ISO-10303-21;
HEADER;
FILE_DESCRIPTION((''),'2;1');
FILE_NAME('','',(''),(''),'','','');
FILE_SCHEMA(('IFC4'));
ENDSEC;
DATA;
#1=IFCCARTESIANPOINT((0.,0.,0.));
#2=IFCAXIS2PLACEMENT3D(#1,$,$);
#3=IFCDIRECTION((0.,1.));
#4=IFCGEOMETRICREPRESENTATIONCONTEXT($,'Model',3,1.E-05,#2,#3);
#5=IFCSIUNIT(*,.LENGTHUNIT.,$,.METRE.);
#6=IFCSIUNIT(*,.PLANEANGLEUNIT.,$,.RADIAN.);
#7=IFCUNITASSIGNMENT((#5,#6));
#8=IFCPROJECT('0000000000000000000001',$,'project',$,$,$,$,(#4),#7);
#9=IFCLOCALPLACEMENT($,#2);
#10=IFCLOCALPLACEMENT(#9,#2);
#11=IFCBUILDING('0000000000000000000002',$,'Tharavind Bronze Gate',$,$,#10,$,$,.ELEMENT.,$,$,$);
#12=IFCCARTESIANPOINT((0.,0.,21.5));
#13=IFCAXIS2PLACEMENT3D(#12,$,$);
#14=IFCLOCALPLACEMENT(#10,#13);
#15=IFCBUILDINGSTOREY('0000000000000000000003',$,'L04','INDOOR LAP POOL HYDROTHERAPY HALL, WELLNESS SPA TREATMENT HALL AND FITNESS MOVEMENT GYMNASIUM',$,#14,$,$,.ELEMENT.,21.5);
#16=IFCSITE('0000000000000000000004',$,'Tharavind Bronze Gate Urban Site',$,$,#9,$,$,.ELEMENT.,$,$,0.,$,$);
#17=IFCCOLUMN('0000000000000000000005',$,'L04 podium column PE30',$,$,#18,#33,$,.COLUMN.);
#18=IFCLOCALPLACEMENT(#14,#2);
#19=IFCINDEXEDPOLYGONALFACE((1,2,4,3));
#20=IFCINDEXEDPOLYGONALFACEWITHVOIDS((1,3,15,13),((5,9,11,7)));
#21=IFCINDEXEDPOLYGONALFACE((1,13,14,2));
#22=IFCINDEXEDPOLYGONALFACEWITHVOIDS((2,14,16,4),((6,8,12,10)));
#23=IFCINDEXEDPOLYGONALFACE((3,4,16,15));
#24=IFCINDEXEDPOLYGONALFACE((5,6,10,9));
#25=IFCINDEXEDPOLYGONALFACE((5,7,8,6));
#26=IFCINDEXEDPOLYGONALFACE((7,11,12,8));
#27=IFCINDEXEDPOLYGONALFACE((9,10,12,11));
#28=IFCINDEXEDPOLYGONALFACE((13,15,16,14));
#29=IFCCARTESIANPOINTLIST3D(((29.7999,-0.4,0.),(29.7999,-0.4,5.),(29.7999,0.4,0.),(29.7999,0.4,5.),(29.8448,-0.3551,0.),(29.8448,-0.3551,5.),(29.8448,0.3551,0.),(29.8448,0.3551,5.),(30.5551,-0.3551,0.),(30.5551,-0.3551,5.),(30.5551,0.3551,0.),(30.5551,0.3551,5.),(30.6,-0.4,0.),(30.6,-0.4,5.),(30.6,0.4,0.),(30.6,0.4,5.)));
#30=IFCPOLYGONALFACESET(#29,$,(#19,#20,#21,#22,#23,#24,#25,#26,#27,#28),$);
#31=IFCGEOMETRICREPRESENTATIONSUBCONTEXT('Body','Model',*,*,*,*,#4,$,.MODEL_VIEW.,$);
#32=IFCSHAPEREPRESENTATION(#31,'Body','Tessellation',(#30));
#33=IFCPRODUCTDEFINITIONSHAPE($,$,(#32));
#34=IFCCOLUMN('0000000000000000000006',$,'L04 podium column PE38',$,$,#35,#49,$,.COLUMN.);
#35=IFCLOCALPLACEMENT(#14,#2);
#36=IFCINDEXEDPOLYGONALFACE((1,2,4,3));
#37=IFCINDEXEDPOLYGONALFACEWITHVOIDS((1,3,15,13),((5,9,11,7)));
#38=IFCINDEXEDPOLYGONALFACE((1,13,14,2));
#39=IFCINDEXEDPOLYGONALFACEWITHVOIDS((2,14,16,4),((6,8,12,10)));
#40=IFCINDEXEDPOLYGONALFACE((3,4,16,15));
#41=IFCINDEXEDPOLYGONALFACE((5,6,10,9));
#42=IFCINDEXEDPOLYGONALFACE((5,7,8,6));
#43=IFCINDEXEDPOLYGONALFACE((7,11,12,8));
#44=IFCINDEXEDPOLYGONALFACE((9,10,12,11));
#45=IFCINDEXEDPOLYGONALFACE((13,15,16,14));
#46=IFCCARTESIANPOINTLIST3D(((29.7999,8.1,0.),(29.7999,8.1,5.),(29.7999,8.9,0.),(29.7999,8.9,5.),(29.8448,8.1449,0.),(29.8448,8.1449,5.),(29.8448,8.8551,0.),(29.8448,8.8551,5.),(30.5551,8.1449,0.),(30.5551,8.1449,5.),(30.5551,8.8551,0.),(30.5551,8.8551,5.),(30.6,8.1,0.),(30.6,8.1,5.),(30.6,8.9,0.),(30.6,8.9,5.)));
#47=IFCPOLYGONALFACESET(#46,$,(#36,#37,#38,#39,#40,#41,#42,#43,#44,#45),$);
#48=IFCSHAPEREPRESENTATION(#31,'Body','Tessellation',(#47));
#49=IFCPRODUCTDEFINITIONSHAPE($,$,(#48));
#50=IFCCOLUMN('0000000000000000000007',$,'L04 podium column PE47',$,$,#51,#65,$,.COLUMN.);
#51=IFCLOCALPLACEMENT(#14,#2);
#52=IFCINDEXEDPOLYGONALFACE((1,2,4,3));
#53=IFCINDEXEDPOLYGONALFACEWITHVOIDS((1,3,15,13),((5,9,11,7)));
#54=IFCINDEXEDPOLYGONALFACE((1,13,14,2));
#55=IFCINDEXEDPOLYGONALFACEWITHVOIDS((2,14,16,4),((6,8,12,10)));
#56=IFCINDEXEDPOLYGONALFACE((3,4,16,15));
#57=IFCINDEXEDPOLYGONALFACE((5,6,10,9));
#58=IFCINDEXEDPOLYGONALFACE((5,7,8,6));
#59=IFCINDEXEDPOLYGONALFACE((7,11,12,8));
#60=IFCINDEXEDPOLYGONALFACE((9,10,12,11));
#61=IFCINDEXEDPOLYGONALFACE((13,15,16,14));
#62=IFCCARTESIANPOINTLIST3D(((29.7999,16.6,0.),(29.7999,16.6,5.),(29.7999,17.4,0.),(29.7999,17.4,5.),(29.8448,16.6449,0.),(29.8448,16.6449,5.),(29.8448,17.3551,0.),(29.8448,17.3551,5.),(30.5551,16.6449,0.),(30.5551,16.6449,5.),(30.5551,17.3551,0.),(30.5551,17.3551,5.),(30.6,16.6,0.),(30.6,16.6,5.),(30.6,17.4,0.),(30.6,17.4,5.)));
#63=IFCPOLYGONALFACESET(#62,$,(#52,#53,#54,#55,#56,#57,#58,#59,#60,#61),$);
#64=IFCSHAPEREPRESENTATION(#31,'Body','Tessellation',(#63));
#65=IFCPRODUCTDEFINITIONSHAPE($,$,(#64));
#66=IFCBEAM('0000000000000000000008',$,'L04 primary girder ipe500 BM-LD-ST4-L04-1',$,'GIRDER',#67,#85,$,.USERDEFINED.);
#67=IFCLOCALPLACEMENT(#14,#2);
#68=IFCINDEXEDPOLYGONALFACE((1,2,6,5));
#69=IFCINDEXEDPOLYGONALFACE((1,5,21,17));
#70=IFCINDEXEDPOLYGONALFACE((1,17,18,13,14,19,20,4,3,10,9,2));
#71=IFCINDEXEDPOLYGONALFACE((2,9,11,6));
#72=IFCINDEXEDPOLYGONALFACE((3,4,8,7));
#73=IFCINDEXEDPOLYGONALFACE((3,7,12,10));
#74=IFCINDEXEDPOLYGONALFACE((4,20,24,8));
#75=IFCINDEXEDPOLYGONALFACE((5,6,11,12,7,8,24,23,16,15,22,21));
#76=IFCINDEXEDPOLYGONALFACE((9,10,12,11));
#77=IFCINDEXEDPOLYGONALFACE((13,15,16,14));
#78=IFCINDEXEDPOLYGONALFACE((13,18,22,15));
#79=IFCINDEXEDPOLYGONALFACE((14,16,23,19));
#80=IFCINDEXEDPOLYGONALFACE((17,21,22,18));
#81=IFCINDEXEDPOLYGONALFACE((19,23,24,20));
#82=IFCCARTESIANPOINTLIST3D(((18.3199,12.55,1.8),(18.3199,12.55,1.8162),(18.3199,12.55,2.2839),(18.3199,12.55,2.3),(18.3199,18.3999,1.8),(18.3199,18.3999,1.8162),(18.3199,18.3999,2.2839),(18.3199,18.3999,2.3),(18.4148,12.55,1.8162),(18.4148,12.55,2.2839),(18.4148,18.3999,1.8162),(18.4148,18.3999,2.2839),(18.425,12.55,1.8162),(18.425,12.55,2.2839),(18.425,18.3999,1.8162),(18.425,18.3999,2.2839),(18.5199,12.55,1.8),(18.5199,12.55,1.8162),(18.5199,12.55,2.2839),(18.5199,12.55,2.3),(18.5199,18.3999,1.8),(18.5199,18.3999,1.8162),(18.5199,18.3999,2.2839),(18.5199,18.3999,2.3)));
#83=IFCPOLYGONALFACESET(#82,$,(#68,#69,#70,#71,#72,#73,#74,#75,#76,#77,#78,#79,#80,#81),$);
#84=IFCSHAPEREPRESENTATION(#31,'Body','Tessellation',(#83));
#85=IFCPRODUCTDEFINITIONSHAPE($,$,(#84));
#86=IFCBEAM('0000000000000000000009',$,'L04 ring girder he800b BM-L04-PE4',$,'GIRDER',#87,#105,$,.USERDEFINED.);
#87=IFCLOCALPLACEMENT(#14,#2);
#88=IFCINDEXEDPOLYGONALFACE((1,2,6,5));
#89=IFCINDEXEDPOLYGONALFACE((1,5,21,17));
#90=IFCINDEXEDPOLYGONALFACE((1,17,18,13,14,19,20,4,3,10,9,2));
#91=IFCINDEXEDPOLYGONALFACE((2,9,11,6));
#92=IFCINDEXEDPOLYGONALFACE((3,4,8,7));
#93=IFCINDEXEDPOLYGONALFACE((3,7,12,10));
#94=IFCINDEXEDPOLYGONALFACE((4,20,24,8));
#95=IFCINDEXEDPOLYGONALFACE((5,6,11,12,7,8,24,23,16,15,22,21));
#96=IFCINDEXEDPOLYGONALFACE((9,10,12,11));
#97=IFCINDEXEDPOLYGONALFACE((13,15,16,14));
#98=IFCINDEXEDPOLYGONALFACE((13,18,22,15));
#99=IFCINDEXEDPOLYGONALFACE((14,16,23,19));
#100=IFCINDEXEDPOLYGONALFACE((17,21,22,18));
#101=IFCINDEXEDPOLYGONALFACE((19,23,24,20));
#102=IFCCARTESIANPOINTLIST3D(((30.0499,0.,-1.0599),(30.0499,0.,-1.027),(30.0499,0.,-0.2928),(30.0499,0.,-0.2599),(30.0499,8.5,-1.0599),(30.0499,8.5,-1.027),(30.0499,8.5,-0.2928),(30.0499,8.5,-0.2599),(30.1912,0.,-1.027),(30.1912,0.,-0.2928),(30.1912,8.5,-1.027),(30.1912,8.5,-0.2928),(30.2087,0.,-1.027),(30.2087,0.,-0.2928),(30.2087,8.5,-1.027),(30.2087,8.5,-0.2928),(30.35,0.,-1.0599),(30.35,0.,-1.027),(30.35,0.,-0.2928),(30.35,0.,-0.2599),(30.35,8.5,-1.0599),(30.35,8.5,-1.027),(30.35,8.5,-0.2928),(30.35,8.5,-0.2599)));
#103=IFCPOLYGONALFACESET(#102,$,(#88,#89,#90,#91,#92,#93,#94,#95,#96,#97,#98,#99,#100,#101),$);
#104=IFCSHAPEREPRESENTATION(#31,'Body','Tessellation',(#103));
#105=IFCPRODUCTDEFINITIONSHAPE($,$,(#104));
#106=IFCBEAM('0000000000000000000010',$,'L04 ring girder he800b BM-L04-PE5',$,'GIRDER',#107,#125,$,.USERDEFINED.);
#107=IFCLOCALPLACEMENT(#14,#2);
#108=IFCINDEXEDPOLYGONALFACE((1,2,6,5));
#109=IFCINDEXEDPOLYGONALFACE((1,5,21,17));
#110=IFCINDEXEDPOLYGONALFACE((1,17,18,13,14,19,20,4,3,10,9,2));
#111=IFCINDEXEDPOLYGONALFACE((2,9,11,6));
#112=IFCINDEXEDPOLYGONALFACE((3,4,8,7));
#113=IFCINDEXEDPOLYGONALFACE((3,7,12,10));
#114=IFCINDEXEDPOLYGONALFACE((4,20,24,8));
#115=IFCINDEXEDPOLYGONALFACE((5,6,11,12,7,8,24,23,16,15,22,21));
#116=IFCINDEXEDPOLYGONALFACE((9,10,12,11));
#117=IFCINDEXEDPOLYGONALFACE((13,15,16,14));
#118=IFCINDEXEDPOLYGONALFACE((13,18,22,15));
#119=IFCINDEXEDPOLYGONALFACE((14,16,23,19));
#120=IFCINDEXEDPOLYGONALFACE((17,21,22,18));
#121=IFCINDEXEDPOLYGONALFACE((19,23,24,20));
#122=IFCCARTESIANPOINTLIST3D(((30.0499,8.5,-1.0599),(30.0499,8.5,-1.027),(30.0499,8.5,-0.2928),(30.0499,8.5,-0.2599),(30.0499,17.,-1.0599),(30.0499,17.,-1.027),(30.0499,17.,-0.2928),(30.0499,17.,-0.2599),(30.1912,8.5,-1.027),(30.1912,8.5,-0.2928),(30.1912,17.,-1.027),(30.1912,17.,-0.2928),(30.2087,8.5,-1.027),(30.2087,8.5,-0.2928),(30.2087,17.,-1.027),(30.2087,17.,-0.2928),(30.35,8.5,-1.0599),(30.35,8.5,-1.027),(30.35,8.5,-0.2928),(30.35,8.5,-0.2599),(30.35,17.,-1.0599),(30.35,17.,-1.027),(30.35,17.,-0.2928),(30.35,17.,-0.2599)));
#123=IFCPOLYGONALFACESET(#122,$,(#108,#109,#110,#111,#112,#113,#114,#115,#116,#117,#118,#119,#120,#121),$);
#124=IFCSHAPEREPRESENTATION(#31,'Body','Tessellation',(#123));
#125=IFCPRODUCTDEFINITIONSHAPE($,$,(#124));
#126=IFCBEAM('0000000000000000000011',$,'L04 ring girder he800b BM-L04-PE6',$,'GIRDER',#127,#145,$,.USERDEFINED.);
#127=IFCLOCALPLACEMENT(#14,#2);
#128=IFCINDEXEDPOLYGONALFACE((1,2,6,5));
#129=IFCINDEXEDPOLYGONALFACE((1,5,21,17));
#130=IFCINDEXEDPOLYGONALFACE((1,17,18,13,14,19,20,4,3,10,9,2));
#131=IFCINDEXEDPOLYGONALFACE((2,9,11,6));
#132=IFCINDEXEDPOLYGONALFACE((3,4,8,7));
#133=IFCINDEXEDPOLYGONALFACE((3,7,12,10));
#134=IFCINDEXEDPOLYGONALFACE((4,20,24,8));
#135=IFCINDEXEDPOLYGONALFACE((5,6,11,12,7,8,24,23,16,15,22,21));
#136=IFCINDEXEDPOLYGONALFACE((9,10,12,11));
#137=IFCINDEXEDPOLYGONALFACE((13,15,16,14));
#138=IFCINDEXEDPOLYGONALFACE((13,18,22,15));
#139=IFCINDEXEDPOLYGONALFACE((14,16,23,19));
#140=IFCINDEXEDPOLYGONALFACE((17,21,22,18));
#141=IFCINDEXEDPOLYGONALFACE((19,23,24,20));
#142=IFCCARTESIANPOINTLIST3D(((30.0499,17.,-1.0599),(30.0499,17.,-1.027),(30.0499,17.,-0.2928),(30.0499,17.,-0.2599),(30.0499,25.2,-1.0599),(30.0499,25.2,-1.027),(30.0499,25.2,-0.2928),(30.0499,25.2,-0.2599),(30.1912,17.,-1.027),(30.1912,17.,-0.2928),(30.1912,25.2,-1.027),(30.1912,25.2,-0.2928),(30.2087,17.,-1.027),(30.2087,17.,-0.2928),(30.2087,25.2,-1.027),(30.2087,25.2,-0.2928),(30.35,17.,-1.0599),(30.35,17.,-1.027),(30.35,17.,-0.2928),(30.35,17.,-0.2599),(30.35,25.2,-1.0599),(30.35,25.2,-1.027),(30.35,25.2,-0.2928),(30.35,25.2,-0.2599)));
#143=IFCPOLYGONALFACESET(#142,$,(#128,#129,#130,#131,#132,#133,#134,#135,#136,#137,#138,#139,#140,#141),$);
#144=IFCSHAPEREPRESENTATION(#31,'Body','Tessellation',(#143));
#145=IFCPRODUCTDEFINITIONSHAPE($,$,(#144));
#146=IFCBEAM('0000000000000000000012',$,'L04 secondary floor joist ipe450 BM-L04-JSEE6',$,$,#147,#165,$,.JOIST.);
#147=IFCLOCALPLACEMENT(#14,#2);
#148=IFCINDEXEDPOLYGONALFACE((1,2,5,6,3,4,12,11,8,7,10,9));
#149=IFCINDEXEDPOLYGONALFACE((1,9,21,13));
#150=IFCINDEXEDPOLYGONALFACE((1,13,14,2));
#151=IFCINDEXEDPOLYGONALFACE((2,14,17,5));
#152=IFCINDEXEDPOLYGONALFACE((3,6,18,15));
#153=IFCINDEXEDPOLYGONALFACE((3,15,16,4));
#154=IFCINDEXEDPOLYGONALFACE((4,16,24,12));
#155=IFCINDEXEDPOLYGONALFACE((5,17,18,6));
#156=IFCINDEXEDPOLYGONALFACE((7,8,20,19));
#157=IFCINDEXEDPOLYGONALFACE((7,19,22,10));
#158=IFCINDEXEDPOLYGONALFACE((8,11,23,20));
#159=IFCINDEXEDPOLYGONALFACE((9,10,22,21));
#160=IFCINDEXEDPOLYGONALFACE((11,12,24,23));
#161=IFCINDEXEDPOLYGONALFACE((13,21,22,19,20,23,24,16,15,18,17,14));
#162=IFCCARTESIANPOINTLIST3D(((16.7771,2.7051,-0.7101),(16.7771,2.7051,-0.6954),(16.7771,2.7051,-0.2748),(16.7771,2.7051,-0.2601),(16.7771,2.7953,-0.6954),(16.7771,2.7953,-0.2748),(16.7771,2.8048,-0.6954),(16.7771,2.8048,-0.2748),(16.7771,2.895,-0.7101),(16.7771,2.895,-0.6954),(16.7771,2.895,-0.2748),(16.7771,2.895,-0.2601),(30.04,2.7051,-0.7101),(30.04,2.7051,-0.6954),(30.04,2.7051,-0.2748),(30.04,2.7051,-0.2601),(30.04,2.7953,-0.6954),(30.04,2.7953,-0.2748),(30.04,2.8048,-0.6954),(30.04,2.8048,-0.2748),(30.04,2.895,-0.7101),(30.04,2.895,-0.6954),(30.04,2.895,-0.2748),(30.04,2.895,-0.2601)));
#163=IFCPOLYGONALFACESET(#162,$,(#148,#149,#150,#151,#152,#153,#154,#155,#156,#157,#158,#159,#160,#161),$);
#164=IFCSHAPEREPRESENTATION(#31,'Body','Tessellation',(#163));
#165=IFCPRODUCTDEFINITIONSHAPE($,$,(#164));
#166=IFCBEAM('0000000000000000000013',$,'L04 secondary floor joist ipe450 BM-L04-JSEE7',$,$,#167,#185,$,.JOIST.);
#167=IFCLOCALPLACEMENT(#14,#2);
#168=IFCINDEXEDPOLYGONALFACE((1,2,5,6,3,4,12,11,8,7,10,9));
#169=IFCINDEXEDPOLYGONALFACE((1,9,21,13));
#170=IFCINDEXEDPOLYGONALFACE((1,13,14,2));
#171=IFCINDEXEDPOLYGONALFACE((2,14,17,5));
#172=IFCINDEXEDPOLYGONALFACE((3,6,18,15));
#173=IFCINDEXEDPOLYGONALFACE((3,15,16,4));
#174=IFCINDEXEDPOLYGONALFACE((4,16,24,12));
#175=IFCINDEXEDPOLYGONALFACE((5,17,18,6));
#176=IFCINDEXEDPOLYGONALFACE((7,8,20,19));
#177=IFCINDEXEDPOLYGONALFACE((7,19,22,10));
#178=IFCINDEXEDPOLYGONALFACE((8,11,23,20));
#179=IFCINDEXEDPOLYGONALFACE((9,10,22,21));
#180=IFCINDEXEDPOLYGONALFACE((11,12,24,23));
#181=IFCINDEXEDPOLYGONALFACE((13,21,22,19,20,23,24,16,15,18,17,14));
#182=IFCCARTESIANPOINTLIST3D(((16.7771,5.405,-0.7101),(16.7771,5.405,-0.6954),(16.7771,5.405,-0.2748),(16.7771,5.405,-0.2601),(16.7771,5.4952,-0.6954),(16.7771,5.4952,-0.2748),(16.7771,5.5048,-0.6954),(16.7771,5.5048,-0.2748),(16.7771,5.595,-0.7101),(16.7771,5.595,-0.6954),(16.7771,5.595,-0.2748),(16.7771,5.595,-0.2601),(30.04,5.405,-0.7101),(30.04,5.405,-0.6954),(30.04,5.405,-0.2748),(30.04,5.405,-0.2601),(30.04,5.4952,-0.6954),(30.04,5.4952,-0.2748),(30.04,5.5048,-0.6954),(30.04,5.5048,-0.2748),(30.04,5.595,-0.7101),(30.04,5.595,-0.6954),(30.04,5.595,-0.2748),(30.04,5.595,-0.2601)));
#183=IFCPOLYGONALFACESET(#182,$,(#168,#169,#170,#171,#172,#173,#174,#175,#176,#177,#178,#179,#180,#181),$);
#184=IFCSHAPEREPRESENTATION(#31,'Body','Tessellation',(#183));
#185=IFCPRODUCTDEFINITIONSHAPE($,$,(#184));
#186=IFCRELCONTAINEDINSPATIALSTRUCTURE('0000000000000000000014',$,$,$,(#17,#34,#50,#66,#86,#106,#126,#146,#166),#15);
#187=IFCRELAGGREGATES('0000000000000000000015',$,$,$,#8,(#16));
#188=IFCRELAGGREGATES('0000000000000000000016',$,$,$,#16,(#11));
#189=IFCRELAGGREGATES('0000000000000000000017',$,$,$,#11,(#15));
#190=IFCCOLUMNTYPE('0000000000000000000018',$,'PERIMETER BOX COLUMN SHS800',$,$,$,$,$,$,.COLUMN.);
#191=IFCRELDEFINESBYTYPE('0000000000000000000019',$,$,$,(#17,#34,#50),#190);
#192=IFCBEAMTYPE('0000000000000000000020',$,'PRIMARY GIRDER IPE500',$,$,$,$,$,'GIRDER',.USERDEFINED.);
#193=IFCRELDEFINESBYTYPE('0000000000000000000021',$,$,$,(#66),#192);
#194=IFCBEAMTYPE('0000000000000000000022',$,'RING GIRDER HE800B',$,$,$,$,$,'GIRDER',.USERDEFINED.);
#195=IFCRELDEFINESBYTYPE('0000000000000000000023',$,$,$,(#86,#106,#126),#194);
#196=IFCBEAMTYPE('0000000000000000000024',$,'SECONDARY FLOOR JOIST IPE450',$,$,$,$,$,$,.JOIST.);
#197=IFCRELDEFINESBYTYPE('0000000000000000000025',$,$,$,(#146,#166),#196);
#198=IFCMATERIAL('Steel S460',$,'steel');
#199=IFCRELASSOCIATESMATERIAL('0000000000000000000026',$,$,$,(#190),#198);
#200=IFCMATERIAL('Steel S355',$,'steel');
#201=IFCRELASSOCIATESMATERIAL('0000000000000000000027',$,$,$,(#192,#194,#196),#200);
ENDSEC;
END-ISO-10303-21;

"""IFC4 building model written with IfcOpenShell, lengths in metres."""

from ifc_helpers import new_model, si_unit, direction, frame, origin, origin_2d, place, context, subcontext, project, spatial, hollow_rectangle, i_section, extrude, material, material_profile, profile_set, type_object, element, save


model = new_model("IFC4")

# Units and contexts
model_context = context("Model", 3, precision=1e-05, world=origin(), true_north=direction((0.0, 1.0)))
body_context = subcontext(model_context, "Body", "Model", "MODEL_VIEW")
ifc_project = project(units=[si_unit("LENGTHUNIT", "METRE"), si_unit("PLANEANGLEUNIT", "RADIAN")], contexts=[model_context])

# Site, building, storey
site_placement = place(None, origin())
site = spatial("IfcSite", under=ifc_project, at=site_placement, Name="Tharavind Bronze Gate Urban Site", CompositionType="ELEMENT", RefElevation=0.0)
building_placement = place(site_placement, origin())
building = spatial("IfcBuilding", under=site, at=building_placement, Name="Tharavind Bronze Gate", CompositionType="ELEMENT")
storey_placement = place(building_placement, frame((0.0, 0.0, 21.5)))
storey = spatial("IfcBuildingStorey", under=building, at=storey_placement, Name="L04", Description="INDOOR LAP POOL HYDROTHERAPY HALL, WELLNESS SPA TREATMENT HALL AND FITNESS MOVEMENT GYMNASIUM", CompositionType="ELEMENT", Elevation=21.5)

# Columns
ifc_material_1 = material(Name="Steel S460", Category="steel")
ifc_material_profile_1 = material_profile(ifc_material_1, hollow_rectangle(XDim=0.8, YDim=0.8, WallThickness=0.0449, at=origin_2d()), Name="SHS800X45")
ifc_profile_set_1 = profile_set([ifc_material_profile_1], Name="Steel S460")
column_type = type_object("IfcColumnType", Name="PERIMETER BOX COLUMN SHS800", PredefinedType="COLUMN", material=ifc_profile_set_1)
for number, where, z_axis, x_axis, name in (
    (1, (30.2, 0.0, 0.0), (0.0, 0.0, 1.0), (1.0, 0.0, 0.0), "L04 podium column PE30"),
    (2, (30.2, 8.5, 0.0), (0.0, 0.0, 1.0), (1.0, 0.0, 0.0), "L04 podium column PE38"),
    (3, (30.2, 17.0, 0.0), (0.0, 0.0, 1.0), (1.0, 0.0, 0.0), "L04 podium column PE47"),
):
    element("IfcColumn", number, at=place(storey_placement, frame(where, z_axis=z_axis, x_axis=x_axis)), inside=storey, type_object=column_type, Name=name, PredefinedType="COLUMN", context=body_context, shape_type="SweptSolid", body=[
        extrude(hollow_rectangle(XDim=0.8, YDim=0.8, WallThickness=0.0449, at=origin_2d()), origin(), (0.0, 0.0, 1.0), 5.0),
    ])

# Beams
ifc_material_2 = material(Name="Steel S355", Category="steel")
ifc_material_profile_2 = material_profile(ifc_material_2, i_section(OverallWidth=0.2, OverallDepth=0.5, WebThickness=0.0103, FlangeThickness=0.0161, at=origin_2d()), Name="IPE500")
ifc_profile_set_2 = profile_set([ifc_material_profile_2], Name="Steel S355")
beam_type_1 = type_object("IfcBeamType", Name="PRIMARY GIRDER IPE500", ElementType="GIRDER", PredefinedType="USERDEFINED", material=ifc_profile_set_2)
beam_1_placement = place(storey_placement, frame((18.4199, 12.55, 2.05), z_axis=(0.0, 1.0, 0.0), x_axis=(-1.0, 0.0, 0.0)))
element("IfcBeam", 4, at=beam_1_placement, inside=storey, type_object=beam_type_1, Name="L04 primary girder ipe500 BM-LD-ST4-L04-1", ObjectType="GIRDER", PredefinedType="USERDEFINED", context=body_context, shape_type="SweptSolid", body=[
    extrude(i_section(OverallWidth=0.2, OverallDepth=0.5, WebThickness=0.0103, FlangeThickness=0.0161, at=origin_2d()), origin(), (0.0, 0.0, 1.0), 5.8499),
])
ifc_material_profile_3 = material_profile(ifc_material_2, i_section(OverallWidth=0.3, OverallDepth=0.8, WebThickness=0.0176, FlangeThickness=0.033, at=origin_2d()), Name="HE800B")
ifc_profile_set_3 = profile_set([ifc_material_profile_3], Name="Steel S355")
beam_type_2 = type_object("IfcBeamType", Name="RING GIRDER HE800B", ElementType="GIRDER", PredefinedType="USERDEFINED", material=ifc_profile_set_3)
for number, where, z_axis, x_axis, name in (
    (5, (30.2, 0.0, -0.6599), (0.0, 1.0, 0.0), (-1.0, 0.0, 0.0), "L04 ring girder he800b BM-L04-PE4"),
    (6, (30.2, 8.5, -0.6599), (0.0, 1.0, 0.0), (-1.0, 0.0, 0.0), "L04 ring girder he800b BM-L04-PE5"),
):
    element("IfcBeam", number, at=place(storey_placement, frame(where, z_axis=z_axis, x_axis=x_axis)), inside=storey, type_object=beam_type_2, Name=name, ObjectType="GIRDER", PredefinedType="USERDEFINED", context=body_context, shape_type="SweptSolid", body=[
        extrude(i_section(OverallWidth=0.3, OverallDepth=0.8, WebThickness=0.0176, FlangeThickness=0.033, at=origin_2d()), origin(), (0.0, 0.0, 1.0), 8.5),
    ])
beam_2_placement = place(storey_placement, frame((30.2, 17.0, -0.6599), z_axis=(0.0, 1.0, 0.0), x_axis=(-1.0, 0.0, 0.0)))
element("IfcBeam", 7, at=beam_2_placement, inside=storey, type_object=beam_type_2, Name="L04 ring girder he800b BM-L04-PE6", ObjectType="GIRDER", PredefinedType="USERDEFINED", context=body_context, shape_type="SweptSolid", body=[
    extrude(i_section(OverallWidth=0.3, OverallDepth=0.8, WebThickness=0.0176, FlangeThickness=0.033, at=origin_2d()), origin(), (0.0, 0.0, 1.0), 8.2),
])
ifc_material_profile_4 = material_profile(ifc_material_2, i_section(OverallWidth=0.1899, OverallDepth=0.45, WebThickness=0.0095, FlangeThickness=0.0146, at=origin_2d()), Name="IPE450")
ifc_profile_set_4 = profile_set([ifc_material_profile_4], Name="Steel S355")
beam_type_3 = type_object("IfcBeamType", Name="SECONDARY FLOOR JOIST IPE450", PredefinedType="JOIST", material=ifc_profile_set_4)
for number, where, z_axis, x_axis, name in (
    (8, (16.7771, 2.8, -0.4851), (1.0, 0.0, 0.0), (0.0, 1.0, 0.0), "L04 secondary floor joist ipe450 BM-L04-JSEE6"),
    (9, (16.7771, 5.5, -0.4851), (1.0, 0.0, 0.0), (0.0, 1.0, 0.0), "L04 secondary floor joist ipe450 BM-L04-JSEE7"),
):
    element("IfcBeam", number, at=place(storey_placement, frame(where, z_axis=z_axis, x_axis=x_axis)), inside=storey, type_object=beam_type_3, Name=name, PredefinedType="JOIST", context=body_context, shape_type="SweptSolid", body=[
        extrude(i_section(OverallWidth=0.1899, OverallDepth=0.45, WebThickness=0.0095, FlangeThickness=0.0146, at=origin_2d()), origin(), (0.0, 0.0, 1.0), 13.2629),
    ])

save(model, "model.ifc")
